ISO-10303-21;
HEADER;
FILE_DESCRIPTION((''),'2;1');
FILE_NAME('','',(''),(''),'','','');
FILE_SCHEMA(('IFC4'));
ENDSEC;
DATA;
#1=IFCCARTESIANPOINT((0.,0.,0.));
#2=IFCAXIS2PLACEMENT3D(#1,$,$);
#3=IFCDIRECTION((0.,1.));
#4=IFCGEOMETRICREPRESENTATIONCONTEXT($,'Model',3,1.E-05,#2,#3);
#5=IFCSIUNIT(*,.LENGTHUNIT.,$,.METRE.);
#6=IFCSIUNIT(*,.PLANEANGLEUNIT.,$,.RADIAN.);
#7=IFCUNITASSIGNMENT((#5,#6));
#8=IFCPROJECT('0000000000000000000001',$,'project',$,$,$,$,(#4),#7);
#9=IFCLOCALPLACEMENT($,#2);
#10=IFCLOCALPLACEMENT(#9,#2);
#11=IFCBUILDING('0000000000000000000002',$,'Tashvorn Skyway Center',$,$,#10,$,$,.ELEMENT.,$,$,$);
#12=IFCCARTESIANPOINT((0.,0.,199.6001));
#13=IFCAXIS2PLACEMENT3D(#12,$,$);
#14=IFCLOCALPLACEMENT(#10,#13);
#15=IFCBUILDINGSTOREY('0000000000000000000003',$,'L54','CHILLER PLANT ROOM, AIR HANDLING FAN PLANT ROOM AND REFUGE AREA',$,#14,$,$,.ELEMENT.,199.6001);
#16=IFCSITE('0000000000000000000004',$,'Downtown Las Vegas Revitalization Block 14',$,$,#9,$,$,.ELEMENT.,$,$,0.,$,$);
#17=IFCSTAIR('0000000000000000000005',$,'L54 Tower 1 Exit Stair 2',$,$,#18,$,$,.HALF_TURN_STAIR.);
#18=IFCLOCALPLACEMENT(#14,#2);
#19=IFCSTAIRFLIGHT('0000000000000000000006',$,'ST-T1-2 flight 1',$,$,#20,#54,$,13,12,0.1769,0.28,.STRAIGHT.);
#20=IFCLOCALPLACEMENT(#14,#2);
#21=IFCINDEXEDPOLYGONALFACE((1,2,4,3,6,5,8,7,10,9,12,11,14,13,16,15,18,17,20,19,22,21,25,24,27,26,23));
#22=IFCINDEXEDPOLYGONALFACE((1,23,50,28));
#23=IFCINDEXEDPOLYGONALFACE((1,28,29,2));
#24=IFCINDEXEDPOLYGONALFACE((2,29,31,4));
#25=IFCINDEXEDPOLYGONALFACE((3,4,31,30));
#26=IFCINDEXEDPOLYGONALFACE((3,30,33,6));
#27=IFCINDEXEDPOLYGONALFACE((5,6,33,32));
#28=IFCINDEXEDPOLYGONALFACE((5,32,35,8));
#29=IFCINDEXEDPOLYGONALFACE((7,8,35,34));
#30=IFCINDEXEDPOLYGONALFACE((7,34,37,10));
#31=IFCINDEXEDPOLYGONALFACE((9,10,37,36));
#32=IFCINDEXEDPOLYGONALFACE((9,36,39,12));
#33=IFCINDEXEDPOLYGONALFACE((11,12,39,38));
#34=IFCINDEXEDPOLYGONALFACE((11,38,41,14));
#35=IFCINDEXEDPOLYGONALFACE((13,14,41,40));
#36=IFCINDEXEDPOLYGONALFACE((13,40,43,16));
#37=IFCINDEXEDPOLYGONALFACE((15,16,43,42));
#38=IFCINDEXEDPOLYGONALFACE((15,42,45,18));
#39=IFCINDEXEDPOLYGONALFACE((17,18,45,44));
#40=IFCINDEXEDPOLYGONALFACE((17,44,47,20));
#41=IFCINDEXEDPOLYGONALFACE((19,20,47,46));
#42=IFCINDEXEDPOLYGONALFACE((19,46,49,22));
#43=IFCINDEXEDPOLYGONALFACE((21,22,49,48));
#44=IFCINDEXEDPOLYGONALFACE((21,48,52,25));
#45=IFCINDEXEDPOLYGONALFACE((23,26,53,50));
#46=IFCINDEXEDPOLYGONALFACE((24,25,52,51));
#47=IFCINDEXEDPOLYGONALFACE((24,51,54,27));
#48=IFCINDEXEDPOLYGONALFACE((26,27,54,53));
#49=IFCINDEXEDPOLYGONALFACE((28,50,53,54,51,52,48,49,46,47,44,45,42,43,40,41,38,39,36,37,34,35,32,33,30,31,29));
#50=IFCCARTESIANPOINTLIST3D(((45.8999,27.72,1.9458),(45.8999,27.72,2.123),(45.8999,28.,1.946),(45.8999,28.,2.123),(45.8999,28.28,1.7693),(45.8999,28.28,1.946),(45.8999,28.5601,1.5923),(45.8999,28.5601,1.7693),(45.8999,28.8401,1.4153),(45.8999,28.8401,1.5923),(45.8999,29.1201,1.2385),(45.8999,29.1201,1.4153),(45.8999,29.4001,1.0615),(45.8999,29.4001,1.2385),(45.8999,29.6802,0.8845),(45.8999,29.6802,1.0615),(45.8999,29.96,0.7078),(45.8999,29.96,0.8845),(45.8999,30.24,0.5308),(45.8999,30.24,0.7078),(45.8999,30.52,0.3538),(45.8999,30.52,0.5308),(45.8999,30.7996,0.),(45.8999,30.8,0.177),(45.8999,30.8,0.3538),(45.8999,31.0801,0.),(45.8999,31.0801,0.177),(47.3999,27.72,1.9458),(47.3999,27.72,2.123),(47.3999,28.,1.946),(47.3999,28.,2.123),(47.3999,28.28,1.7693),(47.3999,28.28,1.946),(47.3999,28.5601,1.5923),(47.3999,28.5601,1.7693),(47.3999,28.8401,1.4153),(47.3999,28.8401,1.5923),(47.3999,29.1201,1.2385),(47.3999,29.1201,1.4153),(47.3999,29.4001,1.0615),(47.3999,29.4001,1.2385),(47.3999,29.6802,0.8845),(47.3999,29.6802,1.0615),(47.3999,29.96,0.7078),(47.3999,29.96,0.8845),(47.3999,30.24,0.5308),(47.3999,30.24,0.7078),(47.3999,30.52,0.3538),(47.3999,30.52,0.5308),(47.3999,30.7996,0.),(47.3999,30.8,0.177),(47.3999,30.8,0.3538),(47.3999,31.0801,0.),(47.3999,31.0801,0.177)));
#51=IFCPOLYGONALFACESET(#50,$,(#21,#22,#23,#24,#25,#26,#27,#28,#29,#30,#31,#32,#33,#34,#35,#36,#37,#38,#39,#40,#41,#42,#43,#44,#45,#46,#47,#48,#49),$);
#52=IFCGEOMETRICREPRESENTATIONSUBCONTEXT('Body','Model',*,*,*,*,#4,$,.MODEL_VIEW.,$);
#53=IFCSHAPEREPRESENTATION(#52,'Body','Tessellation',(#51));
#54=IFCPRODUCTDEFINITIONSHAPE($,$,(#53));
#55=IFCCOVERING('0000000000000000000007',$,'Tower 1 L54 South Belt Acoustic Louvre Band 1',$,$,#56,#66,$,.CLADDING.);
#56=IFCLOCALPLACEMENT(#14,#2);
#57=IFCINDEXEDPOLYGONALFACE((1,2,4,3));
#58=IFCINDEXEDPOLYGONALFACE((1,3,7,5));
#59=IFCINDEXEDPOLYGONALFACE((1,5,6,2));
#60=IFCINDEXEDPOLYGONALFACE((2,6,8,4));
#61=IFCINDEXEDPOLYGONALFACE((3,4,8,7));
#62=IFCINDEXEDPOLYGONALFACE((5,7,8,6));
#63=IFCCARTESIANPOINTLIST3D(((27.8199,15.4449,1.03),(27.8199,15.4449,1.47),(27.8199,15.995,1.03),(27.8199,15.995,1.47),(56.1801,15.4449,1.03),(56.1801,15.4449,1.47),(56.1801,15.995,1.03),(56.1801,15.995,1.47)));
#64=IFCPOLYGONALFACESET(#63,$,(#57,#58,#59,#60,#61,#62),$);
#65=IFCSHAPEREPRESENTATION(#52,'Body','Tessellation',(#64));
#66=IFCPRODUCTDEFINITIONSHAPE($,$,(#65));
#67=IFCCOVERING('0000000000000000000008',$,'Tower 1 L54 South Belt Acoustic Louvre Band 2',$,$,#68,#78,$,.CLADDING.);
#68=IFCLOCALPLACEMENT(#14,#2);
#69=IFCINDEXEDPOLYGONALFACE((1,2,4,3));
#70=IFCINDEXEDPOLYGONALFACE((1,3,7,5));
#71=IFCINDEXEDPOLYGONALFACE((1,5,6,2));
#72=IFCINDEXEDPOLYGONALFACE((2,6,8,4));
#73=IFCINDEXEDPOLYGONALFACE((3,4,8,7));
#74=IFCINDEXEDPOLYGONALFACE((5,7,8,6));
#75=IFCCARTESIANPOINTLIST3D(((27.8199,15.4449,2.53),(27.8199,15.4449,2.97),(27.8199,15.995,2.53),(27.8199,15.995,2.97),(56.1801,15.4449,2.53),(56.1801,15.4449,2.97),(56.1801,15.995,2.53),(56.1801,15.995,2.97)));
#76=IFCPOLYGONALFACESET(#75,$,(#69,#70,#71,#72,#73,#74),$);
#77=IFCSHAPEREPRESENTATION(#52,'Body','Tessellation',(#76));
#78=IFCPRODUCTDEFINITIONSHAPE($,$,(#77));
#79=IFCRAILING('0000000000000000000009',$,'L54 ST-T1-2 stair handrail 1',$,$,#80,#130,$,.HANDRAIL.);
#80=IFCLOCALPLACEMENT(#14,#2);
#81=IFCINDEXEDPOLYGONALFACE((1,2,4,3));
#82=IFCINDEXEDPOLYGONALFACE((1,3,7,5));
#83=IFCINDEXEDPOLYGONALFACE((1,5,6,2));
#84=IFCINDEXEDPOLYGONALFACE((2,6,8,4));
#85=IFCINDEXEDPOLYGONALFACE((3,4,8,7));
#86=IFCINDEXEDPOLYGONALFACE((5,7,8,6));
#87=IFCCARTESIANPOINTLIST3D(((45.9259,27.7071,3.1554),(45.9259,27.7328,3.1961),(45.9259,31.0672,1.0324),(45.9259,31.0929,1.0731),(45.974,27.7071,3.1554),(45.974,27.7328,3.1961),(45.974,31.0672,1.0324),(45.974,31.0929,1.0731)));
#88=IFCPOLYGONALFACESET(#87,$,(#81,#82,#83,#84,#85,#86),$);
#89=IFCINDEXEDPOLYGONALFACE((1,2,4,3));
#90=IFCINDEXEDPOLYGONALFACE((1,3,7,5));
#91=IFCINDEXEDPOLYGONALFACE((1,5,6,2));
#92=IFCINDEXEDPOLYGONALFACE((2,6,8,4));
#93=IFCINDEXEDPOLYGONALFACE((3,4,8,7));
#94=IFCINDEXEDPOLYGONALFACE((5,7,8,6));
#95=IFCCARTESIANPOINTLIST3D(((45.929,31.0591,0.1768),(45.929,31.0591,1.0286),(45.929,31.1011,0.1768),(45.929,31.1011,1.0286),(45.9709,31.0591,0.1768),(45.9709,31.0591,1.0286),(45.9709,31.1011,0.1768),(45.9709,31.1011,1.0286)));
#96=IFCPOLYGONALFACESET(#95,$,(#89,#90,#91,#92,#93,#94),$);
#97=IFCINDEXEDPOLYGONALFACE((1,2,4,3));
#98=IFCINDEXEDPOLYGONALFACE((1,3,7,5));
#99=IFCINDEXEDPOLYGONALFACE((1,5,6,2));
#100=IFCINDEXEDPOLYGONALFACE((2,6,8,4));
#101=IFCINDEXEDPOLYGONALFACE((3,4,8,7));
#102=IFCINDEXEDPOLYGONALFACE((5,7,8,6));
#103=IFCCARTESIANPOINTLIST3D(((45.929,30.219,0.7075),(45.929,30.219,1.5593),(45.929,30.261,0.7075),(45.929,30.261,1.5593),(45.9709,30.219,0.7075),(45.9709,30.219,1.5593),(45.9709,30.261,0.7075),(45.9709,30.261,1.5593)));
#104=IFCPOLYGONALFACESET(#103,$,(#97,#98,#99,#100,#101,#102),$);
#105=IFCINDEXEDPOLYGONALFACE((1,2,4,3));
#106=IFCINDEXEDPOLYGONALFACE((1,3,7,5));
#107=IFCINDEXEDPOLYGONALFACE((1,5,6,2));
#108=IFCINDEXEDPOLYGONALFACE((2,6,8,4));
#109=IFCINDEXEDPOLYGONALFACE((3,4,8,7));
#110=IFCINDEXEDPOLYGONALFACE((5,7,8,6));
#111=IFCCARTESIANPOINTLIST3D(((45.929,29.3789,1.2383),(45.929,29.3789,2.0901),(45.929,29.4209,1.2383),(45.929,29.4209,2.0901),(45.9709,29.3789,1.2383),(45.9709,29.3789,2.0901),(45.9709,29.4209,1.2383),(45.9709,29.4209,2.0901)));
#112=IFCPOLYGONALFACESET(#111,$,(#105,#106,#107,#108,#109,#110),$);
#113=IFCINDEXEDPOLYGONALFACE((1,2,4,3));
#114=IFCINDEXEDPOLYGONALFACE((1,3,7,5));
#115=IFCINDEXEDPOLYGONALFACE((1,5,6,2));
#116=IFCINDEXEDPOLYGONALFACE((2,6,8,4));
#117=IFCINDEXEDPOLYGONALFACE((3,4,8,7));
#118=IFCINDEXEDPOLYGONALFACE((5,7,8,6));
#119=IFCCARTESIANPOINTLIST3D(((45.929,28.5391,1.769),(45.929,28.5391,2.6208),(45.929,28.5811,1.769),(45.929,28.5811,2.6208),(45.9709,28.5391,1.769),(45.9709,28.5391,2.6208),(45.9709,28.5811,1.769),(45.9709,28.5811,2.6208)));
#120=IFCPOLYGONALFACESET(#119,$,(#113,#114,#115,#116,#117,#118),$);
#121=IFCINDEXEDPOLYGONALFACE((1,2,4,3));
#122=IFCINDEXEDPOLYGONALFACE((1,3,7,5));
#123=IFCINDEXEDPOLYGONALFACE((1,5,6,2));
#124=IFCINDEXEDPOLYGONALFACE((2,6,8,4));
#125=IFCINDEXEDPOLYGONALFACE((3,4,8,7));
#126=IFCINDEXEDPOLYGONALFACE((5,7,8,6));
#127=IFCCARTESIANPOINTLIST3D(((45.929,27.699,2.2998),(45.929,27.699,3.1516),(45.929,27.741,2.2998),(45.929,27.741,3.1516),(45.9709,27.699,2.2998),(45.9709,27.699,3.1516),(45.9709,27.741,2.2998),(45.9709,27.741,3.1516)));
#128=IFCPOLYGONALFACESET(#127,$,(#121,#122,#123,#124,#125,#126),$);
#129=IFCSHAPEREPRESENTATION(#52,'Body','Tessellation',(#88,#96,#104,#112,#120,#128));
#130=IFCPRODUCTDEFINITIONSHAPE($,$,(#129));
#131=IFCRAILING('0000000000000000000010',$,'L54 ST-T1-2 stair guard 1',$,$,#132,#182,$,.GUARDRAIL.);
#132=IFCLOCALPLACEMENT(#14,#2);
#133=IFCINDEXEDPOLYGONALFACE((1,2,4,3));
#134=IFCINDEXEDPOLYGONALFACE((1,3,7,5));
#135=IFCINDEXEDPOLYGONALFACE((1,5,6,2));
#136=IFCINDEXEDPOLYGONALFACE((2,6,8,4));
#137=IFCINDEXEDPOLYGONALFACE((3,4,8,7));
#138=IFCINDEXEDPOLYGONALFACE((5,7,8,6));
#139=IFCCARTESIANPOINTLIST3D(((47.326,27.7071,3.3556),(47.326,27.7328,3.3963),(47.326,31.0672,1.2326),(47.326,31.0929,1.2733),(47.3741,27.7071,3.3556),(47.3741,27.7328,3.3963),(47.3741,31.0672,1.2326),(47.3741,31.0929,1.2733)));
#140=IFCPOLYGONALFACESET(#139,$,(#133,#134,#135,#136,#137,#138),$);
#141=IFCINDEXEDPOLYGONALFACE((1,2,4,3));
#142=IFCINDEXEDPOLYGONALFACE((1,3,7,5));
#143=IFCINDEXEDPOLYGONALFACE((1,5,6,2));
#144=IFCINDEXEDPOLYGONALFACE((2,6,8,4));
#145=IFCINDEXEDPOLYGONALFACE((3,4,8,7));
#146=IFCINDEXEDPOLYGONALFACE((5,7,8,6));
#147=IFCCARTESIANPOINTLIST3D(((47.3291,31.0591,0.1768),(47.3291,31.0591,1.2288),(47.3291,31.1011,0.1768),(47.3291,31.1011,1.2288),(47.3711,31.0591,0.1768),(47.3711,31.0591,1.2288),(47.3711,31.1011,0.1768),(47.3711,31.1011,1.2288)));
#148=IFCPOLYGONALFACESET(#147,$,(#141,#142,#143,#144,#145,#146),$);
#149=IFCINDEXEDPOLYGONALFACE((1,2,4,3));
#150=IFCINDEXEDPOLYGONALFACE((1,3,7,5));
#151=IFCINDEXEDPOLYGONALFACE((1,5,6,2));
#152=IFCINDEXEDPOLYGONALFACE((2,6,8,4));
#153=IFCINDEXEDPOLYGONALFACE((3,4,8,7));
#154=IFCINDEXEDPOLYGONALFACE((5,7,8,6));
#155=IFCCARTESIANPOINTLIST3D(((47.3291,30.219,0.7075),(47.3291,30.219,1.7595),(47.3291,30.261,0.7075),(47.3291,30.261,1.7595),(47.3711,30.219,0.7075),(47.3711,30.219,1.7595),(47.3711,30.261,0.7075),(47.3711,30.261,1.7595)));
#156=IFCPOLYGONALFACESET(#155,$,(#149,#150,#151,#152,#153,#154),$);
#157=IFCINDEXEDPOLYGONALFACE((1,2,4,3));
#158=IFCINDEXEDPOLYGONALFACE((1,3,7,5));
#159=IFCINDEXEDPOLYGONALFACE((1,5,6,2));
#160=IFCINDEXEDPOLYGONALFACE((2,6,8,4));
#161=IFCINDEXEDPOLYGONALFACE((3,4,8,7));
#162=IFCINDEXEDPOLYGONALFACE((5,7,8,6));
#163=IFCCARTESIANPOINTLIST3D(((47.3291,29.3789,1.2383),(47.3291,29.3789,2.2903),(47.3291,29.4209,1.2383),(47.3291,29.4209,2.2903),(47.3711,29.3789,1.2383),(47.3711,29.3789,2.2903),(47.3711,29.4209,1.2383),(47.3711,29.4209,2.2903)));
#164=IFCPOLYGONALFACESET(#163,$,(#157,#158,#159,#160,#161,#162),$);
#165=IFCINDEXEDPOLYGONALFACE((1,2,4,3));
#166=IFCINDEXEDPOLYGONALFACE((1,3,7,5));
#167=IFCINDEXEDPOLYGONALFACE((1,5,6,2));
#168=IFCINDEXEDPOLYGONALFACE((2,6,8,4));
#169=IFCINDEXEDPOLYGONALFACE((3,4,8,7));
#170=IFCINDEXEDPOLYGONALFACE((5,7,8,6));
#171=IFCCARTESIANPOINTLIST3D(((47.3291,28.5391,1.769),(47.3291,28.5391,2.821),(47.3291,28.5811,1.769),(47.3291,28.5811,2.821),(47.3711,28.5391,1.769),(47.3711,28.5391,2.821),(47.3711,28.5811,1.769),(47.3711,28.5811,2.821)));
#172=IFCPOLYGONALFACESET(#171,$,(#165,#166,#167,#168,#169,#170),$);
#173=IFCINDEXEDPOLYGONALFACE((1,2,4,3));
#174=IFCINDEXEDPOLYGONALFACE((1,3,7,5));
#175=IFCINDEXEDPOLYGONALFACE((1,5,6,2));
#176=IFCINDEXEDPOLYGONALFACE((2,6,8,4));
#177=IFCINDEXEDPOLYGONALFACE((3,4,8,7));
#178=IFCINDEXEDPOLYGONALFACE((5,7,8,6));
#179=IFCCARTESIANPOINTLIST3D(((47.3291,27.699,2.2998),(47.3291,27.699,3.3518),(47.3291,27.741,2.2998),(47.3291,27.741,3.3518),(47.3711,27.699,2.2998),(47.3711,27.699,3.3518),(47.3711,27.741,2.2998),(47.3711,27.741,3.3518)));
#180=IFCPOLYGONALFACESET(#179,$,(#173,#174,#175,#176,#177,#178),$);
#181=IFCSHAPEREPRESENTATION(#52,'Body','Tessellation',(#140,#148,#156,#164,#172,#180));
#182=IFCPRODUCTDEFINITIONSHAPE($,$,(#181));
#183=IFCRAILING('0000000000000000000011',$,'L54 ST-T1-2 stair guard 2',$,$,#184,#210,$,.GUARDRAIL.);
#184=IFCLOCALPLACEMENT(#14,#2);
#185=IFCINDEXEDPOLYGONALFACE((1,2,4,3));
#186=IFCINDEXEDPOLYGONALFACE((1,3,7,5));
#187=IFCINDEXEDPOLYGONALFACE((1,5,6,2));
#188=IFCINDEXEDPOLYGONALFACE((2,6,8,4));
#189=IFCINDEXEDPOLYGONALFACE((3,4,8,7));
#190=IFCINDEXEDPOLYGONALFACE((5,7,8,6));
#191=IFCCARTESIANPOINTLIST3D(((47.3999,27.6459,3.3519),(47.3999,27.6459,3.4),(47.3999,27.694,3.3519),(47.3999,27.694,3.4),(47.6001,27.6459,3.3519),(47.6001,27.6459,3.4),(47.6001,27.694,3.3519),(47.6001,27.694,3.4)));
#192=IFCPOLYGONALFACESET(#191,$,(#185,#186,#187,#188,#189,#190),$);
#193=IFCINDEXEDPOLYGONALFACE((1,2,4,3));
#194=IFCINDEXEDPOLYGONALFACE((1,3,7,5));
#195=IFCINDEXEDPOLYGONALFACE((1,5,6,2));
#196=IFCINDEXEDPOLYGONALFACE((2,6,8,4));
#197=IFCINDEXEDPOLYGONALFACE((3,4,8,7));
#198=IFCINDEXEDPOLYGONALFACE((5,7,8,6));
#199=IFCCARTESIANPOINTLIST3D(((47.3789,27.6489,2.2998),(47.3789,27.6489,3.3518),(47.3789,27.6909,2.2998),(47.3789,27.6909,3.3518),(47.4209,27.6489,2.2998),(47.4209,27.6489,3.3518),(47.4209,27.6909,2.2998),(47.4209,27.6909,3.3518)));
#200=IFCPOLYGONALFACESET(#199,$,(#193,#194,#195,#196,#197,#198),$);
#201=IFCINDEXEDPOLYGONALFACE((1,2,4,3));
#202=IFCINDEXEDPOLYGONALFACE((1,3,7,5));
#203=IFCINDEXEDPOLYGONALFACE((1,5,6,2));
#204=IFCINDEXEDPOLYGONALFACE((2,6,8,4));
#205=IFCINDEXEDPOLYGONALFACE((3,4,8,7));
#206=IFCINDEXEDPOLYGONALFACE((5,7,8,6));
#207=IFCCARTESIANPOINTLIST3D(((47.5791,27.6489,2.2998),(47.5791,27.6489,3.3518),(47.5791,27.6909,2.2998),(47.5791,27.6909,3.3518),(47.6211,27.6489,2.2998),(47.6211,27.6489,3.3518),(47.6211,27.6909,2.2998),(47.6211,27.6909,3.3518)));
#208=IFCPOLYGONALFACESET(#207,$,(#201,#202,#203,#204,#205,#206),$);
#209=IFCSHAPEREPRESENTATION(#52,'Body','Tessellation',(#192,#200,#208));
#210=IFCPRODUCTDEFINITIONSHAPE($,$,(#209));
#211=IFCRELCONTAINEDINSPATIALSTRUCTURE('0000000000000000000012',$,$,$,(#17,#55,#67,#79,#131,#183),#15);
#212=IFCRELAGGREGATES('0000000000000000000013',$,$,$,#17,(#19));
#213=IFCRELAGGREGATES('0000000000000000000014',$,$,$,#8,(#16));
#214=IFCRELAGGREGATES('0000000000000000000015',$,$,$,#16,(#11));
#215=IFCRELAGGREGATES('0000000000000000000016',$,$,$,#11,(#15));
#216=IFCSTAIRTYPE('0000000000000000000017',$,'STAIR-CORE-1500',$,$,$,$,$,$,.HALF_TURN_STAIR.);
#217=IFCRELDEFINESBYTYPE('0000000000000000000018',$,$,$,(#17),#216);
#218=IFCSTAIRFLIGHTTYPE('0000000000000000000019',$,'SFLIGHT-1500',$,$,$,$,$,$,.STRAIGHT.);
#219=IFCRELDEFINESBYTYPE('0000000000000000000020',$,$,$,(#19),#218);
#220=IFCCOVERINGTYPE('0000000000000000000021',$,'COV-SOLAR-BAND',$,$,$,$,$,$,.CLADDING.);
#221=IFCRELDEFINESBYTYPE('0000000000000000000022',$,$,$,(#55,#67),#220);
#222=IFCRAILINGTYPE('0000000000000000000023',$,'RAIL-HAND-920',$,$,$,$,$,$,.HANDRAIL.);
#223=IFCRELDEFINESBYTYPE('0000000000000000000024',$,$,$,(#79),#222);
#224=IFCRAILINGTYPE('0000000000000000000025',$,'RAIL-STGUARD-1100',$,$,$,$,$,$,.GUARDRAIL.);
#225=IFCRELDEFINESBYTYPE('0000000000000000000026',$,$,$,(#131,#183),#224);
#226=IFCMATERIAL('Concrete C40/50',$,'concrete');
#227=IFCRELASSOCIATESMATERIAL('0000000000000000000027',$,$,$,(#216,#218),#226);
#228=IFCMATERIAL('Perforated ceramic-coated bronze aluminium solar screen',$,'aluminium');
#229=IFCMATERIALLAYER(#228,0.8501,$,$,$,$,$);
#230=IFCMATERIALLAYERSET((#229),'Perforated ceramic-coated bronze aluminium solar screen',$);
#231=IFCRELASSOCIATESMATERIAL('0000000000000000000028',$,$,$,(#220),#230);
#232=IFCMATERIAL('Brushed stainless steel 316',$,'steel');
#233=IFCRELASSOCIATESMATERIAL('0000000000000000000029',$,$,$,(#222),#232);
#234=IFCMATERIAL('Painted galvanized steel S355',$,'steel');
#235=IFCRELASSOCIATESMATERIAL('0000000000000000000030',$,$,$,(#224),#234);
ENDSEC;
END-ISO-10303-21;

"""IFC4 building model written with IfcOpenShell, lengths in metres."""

from ifc_helpers import new_model, si_unit, direction, frame, origin, origin_2d, place, context, subcontext, project, spatial, polyline, rectangle, outline, extrude, material, layer, layer_set, type_object, element, aggregate, save


model = new_model("IFC4")

# Units and contexts
model_context = context("Model", 3, precision=1e-05, world=origin(), true_north=direction((0.0, 1.0)))
body_context = subcontext(model_context, "Body", "Model", "MODEL_VIEW")
ifc_project = project(units=[si_unit("LENGTHUNIT", "METRE"), si_unit("PLANEANGLEUNIT", "RADIAN")], contexts=[model_context])

# Site, building, storey
site_placement = place(None, origin())
site = spatial("IfcSite", under=ifc_project, at=site_placement, Name="Downtown Las Vegas Revitalization Block 14", CompositionType="ELEMENT", RefElevation=0.0)
building_placement = place(site_placement, origin())
building = spatial("IfcBuilding", under=site, at=building_placement, Name="Tashvorn Skyway Center", CompositionType="ELEMENT")
storey_placement = place(building_placement, frame((0.0, 0.0, 199.6001)))
storey = spatial("IfcBuildingStorey", under=building, at=storey_placement, Name="L54", Description="CHILLER PLANT ROOM, AIR HANDLING FAN PLANT ROOM AND REFUGE AREA", CompositionType="ELEMENT", Elevation=199.6001)

# Shared definitions
ifc_material_1 = material(Name="Concrete C40/50", Category="concrete")

# Stair, stair flight
stair_type = type_object("IfcStairType", Name="STAIR-CORE-1500", PredefinedType="HALF_TURN_STAIR", material=ifc_material_1)
stair_placement = place(storey_placement, origin())
stair = element("IfcStair", 1, at=stair_placement, inside=storey, type_object=stair_type, Name="L54 Tower 1 Exit Stair 2", PredefinedType="HALF_TURN_STAIR")
stair_flight_type = type_object("IfcStairFlightType", Name="SFLIGHT-1500", PredefinedType="STRAIGHT", material=ifc_material_1)
stair_flight_placement = place(storey_placement, frame((46.6499, 31.0801, 0.0), z_axis=(0.0, 0.0, 1.0), x_axis=(0.0, -1.0, 0.0)))
stair_flight = element("IfcStairFlight", 2, at=stair_flight_placement, type_object=stair_flight_type, Name="ST-T1-2 flight 1", NumberOfRisers=13, NumberOfTreads=12, PredefinedType="STRAIGHT", RiserHeight=0.1769, TreadLength=0.28, context=body_context, shape_type="SweptSolid", body=[
    extrude(outline(polyline([(0.0, 0.0), (0.0, 0.177), (0.28, 0.177), (0.28, 0.3538), (0.5601, 0.3538), (0.5601, 0.5308), (0.8401, 0.5308), (0.8401, 0.7078), (1.1201, 0.7078), (1.1201, 0.8845), (1.3999, 0.8845), (1.3999, 1.0615), (1.6799, 1.0615), (1.6799, 1.2385), (1.96, 1.2385), (1.96, 1.4153), (2.24, 1.4153), (2.24, 1.5923), (2.52, 1.5923), (2.52, 1.7693), (2.8, 1.7693), (2.8, 1.946), (3.0801, 1.946), (3.0801, 2.123), (3.3601, 2.123), (3.3601, 2.3), (3.3601, 1.9458), (0.2805, 0.0), (0.0, 0.0)])), frame((0.0, 0.75, 0.0), z_axis=(0.0, -1.0, 0.0), x_axis=(1.0, 0.0, 0.0)), (0.0, 0.0, 1.0), 1.5),
])
aggregate(stair, [stair_flight])

# Coverings
ifc_material_2 = material(Name="Perforated ceramic-coated bronze aluminium solar screen", Category="aluminium")
ifc_layer_1 = layer(ifc_material_2, 0.8501)
ifc_layer_set_1 = layer_set([ifc_layer_1], Name="Perforated ceramic-coated bronze aluminium solar screen")
covering_type = type_object("IfcCoveringType", Name="COV-SOLAR-BAND", PredefinedType="CLADDING", material=ifc_layer_set_1)
for number, where, z_axis, x_axis, name in (
    (3, (42.0, 15.72, 1.03), (0.0, 0.0, 1.0), (-1.0, 0.0, 0.0), "Tower 1 L54 South Belt Acoustic Louvre Band 1"),
    (4, (42.0, 15.72, 2.53), (0.0, 0.0, 1.0), (-1.0, 0.0, 0.0), "Tower 1 L54 South Belt Acoustic Louvre Band 2"),
):
    element("IfcCovering", number, at=place(storey_placement, frame(where, z_axis=z_axis, x_axis=x_axis)), inside=storey, type_object=covering_type, Name=name, PredefinedType="CLADDING", context=body_context, shape_type="SweptSolid", body=[
        extrude(rectangle(XDim=28.3601, YDim=0.55, at=origin_2d()), origin(), (0.0, 0.0, 1.0), 0.4399),
    ])

# Railings
ifc_material_3 = material(Name="Brushed stainless steel 316", Category="steel")
railing_type_1 = type_object("IfcRailingType", Name="RAIL-HAND-920", PredefinedType="HANDRAIL", material=ifc_material_3)
railing_1_placement = place(storey_placement, frame((45.95, 31.0801, 0.1768)))
element("IfcRailing", 5, at=railing_1_placement, inside=storey, type_object=railing_type_1, Name="L54 ST-T1-2 stair handrail 1", PredefinedType="HANDRAIL", context=body_context, shape_type="SweptSolid", body=[
    extrude(rectangle(XDim=0.0481, YDim=0.0481, at=origin_2d()), frame((0.0, 0.0, 0.876), z_axis=(0.0, -0.84539, 0.53415), x_axis=(1.0, 0.0, 0.0)), (0.0, 0.0, 1.0), 3.9746),
    extrude(rectangle(XDim=0.042, YDim=0.042, at=origin_2d()), origin(), (0.0, 0.0, 1.0), 0.8518),
    extrude(rectangle(XDim=0.042, YDim=0.042, at=origin_2d()), frame((0.0, -0.8401, 0.5308)), (0.0, 0.0, 1.0), 0.8518),
    extrude(rectangle(XDim=0.042, YDim=0.042, at=origin_2d()), frame((0.0, -1.6802, 1.0615)), (0.0, 0.0, 1.0), 0.8518),
    extrude(rectangle(XDim=0.042, YDim=0.042, at=origin_2d()), frame((0.0, -2.52, 1.5923)), (0.0, 0.0, 1.0), 0.8518),
    extrude(rectangle(XDim=0.042, YDim=0.042, at=origin_2d()), frame((0.0, -3.3601, 2.123)), (0.0, 0.0, 1.0), 0.8518),
])
ifc_material_4 = material(Name="Painted galvanized steel S355", Category="steel")
railing_type_2 = type_object("IfcRailingType", Name="RAIL-STGUARD-1100", PredefinedType="GUARDRAIL", material=ifc_material_4)
railing_2_placement = place(storey_placement, frame((47.3501, 31.0801, 0.1768)))
element("IfcRailing", 6, at=railing_2_placement, inside=storey, type_object=railing_type_2, Name="L54 ST-T1-2 stair guard 1", PredefinedType="GUARDRAIL", context=body_context, shape_type="SweptSolid", body=[
    extrude(rectangle(XDim=0.0481, YDim=0.0481, at=origin_2d()), frame((0.0, 0.0, 1.0762), z_axis=(0.0, -0.84539, 0.53415), x_axis=(1.0, 0.0, 0.0)), (0.0, 0.0, 1.0), 3.9746),
    extrude(rectangle(XDim=0.042, YDim=0.042, at=origin_2d()), origin(), (0.0, 0.0, 1.0), 1.052),
    extrude(rectangle(XDim=0.042, YDim=0.042, at=origin_2d()), frame((0.0, -0.8401, 0.5308)), (0.0, 0.0, 1.0), 1.052),
    extrude(rectangle(XDim=0.042, YDim=0.042, at=origin_2d()), frame((0.0, -1.6802, 1.0615)), (0.0, 0.0, 1.0), 1.052),
    extrude(rectangle(XDim=0.042, YDim=0.042, at=origin_2d()), frame((0.0, -2.52, 1.5923)), (0.0, 0.0, 1.0), 1.052),
    extrude(rectangle(XDim=0.042, YDim=0.042, at=origin_2d()), frame((0.0, -3.3601, 2.123)), (0.0, 0.0, 1.0), 1.052),
])
railing_3_placement = place(storey_placement, frame((47.3999, 27.6699, 2.2998)))
element("IfcRailing", 7, at=railing_3_placement, inside=storey, type_object=railing_type_2, Name="L54 ST-T1-2 stair guard 2", PredefinedType="GUARDRAIL", context=body_context, shape_type="SweptSolid", body=[
    extrude(rectangle(XDim=0.0481, YDim=0.0481, at=origin_2d()), frame((0.0, 0.0, 1.0762), z_axis=(1.0, 0.0, 0.0), x_axis=(0.0, 1.0, 0.0)), (0.0, 0.0, 1.0), 0.2002),
    extrude(rectangle(XDim=0.042, YDim=0.042, at=origin_2d()), origin(), (0.0, 0.0, 1.0), 1.052),
    extrude(rectangle(XDim=0.042, YDim=0.042, at=origin_2d()), frame((0.2002, 0.0, 0.0)), (0.0, 0.0, 1.0), 1.052),
])

save(model, "model.ifc")
